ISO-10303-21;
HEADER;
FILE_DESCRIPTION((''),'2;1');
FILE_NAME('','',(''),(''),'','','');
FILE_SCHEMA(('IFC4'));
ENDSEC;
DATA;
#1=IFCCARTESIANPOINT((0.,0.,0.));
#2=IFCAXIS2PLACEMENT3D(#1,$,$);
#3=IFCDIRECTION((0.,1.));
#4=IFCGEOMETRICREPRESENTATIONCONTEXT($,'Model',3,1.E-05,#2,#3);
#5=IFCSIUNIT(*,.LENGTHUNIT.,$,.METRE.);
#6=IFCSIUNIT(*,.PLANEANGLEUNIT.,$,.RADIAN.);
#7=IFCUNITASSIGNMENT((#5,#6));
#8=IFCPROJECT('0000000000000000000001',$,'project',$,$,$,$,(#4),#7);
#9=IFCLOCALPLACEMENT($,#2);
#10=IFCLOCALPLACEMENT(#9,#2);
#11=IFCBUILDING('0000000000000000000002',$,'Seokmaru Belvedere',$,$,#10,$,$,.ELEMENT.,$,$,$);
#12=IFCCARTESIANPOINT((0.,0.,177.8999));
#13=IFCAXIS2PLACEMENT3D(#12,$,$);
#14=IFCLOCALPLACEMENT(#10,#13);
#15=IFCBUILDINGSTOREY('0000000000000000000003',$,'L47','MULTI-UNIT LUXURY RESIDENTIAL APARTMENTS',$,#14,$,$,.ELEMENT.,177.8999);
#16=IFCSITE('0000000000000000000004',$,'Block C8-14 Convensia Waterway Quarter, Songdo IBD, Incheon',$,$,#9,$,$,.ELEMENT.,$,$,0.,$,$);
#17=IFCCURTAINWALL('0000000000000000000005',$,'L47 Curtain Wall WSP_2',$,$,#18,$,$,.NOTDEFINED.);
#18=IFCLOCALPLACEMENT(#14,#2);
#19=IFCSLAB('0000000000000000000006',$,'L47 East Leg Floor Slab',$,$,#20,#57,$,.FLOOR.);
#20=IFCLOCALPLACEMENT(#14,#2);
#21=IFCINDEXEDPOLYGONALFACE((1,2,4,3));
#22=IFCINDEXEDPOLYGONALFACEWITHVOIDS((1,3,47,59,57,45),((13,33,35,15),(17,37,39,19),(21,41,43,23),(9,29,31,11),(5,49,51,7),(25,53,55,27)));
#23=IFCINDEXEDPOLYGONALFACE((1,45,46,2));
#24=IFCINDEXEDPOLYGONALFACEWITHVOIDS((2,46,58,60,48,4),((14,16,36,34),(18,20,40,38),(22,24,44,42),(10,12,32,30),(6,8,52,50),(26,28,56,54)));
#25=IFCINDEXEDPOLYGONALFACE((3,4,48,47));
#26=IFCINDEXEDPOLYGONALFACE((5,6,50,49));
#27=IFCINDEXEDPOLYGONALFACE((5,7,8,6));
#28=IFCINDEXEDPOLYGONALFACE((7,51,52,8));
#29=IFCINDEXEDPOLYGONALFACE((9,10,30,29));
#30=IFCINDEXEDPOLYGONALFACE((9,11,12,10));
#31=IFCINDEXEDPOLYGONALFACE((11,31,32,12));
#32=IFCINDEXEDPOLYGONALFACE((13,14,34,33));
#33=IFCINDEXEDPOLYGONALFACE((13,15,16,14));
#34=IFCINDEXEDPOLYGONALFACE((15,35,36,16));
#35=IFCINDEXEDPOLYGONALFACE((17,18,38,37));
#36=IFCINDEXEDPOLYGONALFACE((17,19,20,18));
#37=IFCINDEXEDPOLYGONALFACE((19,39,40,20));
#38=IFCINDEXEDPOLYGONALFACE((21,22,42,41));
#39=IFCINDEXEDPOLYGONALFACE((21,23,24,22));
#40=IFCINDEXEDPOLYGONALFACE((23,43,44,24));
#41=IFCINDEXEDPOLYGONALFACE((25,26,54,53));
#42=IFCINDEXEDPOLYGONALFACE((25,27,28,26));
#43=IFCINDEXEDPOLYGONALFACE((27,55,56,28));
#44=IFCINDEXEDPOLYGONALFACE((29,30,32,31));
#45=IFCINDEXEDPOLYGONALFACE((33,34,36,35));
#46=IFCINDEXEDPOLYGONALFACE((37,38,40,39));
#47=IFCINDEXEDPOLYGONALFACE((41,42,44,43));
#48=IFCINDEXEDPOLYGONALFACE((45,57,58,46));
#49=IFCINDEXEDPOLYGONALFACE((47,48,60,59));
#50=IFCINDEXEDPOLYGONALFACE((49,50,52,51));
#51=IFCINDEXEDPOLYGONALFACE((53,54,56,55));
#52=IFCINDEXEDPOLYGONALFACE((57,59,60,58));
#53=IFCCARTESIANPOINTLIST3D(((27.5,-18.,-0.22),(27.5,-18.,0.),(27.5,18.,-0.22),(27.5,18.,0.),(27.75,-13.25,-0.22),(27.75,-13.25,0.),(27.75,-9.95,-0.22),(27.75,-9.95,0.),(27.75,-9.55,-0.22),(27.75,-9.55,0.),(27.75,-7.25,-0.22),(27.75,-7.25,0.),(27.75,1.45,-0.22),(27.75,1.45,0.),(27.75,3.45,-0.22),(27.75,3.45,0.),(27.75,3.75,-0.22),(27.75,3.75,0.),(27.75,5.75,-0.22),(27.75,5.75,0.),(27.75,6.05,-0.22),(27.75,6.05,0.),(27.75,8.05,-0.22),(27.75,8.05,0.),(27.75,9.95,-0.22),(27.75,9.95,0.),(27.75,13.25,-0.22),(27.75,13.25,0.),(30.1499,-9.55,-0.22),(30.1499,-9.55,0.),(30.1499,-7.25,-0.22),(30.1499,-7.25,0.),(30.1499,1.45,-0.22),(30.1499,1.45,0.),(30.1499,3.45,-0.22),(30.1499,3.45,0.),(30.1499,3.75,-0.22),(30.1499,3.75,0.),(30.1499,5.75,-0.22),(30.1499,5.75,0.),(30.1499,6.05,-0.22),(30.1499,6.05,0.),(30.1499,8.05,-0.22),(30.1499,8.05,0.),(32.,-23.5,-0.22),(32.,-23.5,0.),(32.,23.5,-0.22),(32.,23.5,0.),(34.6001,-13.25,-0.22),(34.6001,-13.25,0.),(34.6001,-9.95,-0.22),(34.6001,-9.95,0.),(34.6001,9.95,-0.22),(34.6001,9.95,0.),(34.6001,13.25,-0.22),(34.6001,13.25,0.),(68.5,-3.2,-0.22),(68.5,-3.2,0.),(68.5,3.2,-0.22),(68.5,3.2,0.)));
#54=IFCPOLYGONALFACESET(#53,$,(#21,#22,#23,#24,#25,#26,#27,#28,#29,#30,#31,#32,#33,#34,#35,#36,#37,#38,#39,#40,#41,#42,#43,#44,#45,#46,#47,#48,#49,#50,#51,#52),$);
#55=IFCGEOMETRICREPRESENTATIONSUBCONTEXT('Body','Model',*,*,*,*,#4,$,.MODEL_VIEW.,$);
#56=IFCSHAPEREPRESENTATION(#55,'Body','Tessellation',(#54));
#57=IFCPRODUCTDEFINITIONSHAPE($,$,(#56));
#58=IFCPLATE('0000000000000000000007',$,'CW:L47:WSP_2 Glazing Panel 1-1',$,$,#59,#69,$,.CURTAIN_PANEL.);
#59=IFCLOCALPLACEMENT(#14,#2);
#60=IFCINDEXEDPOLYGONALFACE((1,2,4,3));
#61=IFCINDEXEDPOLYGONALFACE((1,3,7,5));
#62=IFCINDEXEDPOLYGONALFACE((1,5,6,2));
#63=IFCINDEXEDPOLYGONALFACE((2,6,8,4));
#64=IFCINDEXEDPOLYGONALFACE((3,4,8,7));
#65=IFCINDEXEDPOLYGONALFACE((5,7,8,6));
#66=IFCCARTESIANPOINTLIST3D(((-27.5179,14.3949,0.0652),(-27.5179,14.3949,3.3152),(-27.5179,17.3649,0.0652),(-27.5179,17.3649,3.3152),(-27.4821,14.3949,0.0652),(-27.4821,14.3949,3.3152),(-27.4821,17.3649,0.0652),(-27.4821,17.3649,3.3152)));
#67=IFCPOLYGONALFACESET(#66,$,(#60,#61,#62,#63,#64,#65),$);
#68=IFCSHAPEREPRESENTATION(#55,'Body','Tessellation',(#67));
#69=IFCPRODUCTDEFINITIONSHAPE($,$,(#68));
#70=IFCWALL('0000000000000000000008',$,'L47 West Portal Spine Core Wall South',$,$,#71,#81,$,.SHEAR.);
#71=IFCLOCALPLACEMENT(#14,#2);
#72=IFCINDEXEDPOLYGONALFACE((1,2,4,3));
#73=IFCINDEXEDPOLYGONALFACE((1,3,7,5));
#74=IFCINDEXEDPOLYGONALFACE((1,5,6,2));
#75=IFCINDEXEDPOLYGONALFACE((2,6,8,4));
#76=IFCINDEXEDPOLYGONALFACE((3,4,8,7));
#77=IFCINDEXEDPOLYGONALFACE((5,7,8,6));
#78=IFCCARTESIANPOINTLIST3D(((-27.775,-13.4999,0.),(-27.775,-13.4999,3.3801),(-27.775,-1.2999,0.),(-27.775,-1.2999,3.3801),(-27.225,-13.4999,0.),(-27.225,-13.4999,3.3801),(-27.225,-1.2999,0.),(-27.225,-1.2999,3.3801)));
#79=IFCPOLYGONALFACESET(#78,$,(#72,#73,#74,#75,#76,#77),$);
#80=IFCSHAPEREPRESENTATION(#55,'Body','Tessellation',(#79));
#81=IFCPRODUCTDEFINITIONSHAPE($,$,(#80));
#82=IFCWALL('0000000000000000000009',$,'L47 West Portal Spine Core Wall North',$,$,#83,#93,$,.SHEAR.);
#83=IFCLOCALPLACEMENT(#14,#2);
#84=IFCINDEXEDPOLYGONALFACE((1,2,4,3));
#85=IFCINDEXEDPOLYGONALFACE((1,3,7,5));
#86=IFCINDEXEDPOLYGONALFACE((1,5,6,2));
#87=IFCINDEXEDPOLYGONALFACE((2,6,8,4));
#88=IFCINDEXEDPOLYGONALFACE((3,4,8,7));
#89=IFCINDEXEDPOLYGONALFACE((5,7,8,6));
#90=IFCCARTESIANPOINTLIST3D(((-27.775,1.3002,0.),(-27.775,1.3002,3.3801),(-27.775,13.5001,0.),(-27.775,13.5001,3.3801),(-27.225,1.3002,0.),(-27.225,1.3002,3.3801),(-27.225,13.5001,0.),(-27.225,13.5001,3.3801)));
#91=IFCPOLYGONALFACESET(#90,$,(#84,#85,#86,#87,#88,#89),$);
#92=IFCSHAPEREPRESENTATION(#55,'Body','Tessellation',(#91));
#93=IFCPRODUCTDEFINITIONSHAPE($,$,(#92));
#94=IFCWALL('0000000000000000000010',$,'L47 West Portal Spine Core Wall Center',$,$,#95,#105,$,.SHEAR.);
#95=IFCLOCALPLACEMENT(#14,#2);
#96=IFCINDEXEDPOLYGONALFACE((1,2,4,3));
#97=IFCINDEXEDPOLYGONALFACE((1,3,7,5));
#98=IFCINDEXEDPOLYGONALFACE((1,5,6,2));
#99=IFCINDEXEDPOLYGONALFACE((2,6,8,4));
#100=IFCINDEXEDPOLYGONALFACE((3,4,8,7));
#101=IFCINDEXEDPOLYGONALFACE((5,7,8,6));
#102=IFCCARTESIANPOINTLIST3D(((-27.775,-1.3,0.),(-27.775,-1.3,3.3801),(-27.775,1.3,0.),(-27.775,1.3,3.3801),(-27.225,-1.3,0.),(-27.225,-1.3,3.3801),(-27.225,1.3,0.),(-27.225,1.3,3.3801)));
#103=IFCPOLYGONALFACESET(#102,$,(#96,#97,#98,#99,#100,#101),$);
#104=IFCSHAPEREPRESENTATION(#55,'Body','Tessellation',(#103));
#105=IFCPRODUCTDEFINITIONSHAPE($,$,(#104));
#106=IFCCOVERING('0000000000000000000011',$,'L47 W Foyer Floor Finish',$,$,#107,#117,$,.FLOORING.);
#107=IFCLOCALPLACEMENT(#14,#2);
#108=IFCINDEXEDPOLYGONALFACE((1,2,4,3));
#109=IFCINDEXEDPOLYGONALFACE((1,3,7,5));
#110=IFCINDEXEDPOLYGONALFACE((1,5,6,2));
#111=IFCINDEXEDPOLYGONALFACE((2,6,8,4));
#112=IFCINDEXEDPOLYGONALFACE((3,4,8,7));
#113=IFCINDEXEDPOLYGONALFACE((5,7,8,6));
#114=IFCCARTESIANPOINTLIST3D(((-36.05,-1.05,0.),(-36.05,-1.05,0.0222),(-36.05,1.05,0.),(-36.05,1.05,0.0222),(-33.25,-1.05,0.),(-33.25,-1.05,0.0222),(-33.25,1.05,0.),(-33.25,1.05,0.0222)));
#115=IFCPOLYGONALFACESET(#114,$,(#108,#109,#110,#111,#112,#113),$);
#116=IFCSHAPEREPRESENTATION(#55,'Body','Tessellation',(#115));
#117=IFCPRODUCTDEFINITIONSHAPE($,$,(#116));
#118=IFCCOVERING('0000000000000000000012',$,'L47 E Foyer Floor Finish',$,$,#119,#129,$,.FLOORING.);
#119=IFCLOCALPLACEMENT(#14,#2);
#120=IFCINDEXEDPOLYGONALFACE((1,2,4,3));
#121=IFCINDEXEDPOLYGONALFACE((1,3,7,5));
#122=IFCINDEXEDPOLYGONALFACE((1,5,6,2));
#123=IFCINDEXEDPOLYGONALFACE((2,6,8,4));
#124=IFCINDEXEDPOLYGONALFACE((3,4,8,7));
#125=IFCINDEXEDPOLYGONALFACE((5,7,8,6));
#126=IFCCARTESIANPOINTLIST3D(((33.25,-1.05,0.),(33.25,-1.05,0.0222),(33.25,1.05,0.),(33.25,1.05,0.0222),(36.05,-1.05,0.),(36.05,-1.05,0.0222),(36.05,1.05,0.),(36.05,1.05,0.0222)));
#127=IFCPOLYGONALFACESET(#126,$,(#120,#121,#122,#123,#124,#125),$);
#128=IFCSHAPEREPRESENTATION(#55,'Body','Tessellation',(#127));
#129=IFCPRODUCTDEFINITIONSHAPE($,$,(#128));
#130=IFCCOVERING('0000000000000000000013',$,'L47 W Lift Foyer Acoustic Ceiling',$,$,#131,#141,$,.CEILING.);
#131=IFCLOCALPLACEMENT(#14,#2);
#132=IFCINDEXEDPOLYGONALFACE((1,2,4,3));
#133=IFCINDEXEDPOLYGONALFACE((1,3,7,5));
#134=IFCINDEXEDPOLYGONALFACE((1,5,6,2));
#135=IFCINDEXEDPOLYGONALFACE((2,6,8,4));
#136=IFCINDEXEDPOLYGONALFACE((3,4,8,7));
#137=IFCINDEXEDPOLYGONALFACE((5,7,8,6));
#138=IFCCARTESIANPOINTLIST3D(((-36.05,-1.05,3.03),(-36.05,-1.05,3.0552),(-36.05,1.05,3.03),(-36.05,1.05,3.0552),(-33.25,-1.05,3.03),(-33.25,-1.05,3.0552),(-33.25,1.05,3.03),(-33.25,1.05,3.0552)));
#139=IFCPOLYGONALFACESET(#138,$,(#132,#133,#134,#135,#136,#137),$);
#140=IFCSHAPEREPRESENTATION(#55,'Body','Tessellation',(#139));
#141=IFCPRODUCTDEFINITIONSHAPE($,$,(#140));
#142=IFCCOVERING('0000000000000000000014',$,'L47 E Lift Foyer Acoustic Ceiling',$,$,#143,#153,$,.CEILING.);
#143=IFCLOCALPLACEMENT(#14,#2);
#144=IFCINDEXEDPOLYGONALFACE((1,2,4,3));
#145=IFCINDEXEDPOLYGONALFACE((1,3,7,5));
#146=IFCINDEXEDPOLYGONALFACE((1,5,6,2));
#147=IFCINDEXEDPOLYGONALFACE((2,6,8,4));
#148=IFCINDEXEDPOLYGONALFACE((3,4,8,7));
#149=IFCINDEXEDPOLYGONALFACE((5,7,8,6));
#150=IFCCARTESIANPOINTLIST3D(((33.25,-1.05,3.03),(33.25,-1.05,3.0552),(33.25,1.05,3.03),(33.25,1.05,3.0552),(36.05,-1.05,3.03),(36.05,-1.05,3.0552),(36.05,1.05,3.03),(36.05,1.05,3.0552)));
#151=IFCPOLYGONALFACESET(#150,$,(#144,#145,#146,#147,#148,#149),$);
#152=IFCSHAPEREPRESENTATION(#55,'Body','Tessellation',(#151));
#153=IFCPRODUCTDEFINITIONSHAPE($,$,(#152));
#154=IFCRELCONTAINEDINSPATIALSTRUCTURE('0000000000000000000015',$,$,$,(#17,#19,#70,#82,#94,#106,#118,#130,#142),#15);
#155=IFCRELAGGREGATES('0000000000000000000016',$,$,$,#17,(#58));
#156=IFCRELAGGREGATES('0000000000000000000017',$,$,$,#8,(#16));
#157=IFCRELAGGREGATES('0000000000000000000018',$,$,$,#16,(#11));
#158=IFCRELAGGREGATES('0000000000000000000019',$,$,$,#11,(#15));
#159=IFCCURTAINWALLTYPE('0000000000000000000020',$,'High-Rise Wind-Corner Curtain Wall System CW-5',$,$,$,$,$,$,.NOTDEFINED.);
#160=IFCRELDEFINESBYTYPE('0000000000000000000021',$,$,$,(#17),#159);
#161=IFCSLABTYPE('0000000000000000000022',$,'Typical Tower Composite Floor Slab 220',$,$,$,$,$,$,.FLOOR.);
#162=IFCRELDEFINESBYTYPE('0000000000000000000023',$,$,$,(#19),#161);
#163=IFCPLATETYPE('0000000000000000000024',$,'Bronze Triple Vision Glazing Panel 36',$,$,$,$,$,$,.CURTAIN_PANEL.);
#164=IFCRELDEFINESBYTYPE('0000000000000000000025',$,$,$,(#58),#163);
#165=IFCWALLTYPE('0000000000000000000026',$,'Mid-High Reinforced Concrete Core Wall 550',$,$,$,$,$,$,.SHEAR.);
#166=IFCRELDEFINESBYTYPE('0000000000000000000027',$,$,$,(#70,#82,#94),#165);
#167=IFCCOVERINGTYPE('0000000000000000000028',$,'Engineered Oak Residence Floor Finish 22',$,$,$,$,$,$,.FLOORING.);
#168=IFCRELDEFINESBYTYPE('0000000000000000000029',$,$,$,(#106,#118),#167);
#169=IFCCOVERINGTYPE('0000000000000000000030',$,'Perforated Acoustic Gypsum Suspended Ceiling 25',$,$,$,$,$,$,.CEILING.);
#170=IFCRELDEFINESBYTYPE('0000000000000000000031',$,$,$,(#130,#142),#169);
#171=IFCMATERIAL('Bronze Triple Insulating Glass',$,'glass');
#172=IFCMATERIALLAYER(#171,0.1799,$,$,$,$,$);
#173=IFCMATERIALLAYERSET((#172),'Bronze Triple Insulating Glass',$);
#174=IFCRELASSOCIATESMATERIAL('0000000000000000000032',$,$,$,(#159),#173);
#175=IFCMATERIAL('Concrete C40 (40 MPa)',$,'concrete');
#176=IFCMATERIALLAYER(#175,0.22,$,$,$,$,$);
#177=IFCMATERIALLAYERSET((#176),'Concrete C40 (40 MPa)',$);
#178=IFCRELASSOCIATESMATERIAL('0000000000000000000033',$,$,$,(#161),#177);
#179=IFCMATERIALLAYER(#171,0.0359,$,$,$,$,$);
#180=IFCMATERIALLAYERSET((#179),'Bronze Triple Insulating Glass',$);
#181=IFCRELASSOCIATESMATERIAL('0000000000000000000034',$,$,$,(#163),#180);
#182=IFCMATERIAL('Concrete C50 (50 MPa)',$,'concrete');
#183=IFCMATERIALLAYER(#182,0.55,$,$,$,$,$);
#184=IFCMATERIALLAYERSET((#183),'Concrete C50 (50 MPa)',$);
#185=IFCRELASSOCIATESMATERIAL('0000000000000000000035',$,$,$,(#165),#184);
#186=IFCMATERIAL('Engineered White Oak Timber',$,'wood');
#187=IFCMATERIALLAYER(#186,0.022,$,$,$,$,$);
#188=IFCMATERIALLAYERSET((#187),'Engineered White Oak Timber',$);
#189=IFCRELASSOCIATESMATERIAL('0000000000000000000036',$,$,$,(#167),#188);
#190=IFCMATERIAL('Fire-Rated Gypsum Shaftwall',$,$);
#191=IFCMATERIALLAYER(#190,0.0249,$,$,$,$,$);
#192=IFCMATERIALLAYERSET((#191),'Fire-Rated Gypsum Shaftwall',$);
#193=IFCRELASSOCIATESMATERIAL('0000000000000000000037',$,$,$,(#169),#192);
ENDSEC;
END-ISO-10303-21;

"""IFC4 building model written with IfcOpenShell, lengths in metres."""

from ifc_helpers import new_model, si_unit, direction, frame, frame_2d, origin, origin_2d, place, context, subcontext, project, spatial, polyline, rectangle, outline, extrude, source, transform, mapped, material, layer, layer_set, type_object, type_shapes, element, aggregate, save


model = new_model("IFC4")

# Units and contexts
model_context = context("Model", 3, precision=1e-05, world=origin(), true_north=direction((0.0, 1.0)))
body_context = subcontext(model_context, "Body", "Model", "MODEL_VIEW")
ifc_project = project(units=[si_unit("LENGTHUNIT", "METRE"), si_unit("PLANEANGLEUNIT", "RADIAN")], contexts=[model_context])

# Site, building, storey
site_placement = place(None, origin())
site = spatial("IfcSite", under=ifc_project, at=site_placement, Name="Block C8-14 Convensia Waterway Quarter, Songdo IBD, Incheon", CompositionType="ELEMENT", RefElevation=0.0)
building_placement = place(site_placement, origin())
building = spatial("IfcBuilding", under=site, at=building_placement, Name="Seokmaru Belvedere", CompositionType="ELEMENT")
storey_placement = place(building_placement, frame((0.0, 0.0, 177.8999)))
storey = spatial("IfcBuildingStorey", under=building, at=storey_placement, Name="L47", Description="MULTI-UNIT LUXURY RESIDENTIAL APARTMENTS", CompositionType="ELEMENT", Elevation=177.8999)

# Curtain wall
ifc_material_1 = material(Name="Bronze Triple Insulating Glass", Category="glass")
ifc_layer_1 = layer(ifc_material_1, 0.1799)
ifc_layer_set_1 = layer_set([ifc_layer_1], Name="Bronze Triple Insulating Glass")
curtain_wall_type = type_object("IfcCurtainWallType", Name="High-Rise Wind-Corner Curtain Wall System CW-5", PredefinedType="NOTDEFINED", material=ifc_layer_set_1)
curtain_wall_placement = place(storey_placement, origin())
curtain_wall = element("IfcCurtainWall", 1, at=curtain_wall_placement, inside=storey, type_object=curtain_wall_type, Name="L47 Curtain Wall WSP_2", PredefinedType="NOTDEFINED")

# Shared definitions
ifc_material_2 = material(Name="Concrete C40 (40 MPa)", Category="concrete")

# Slab
ifc_layer_2 = layer(ifc_material_2, 0.22)
ifc_layer_set_2 = layer_set([ifc_layer_2], Name="Concrete C40 (40 MPa)")
slab_type_1 = type_object("IfcSlabType", Name="Typical Tower Composite Floor Slab 220", PredefinedType="FLOOR", material=ifc_layer_set_2)
slab_1_placement = place(storey_placement, frame((0.0, 0.0, -0.22)))
element("IfcSlab", 2, at=slab_1_placement, inside=storey, type_object=slab_type_1, Name="L47 East Leg Floor Slab", PredefinedType="FLOOR", context=body_context, shape_type="SweptSolid", body=[
    extrude(outline(polyline([(32.0, -23.5), (68.5, -3.2), (68.5, 3.2), (32.0, 23.5), (27.5, 18.0), (27.5, -18.0), (32.0, -23.5)]), holes=[polyline([(27.75, -13.25), (34.6001, -13.25), (34.6001, -9.95), (27.75, -9.95), (27.75, -13.25)]), polyline([(27.75, 9.95), (34.6001, 9.95), (34.6001, 13.25), (27.75, 13.25), (27.75, 9.95)]), polyline([(27.75, -9.55), (30.1499, -9.55), (30.1499, -7.25), (27.75, -7.25), (27.75, -9.55)]), polyline([(27.75, 1.45), (30.1499, 1.45), (30.1499, 3.45), (27.75, 3.45), (27.75, 1.45)]), polyline([(27.75, 3.75), (30.1499, 3.75), (30.1499, 5.75), (27.75, 5.75), (27.75, 3.75)]), polyline([(27.75, 6.05), (30.1499, 6.05), (30.1499, 8.05), (27.75, 8.05), (27.75, 6.05)])]), origin(), (0.0, 0.0, 1.0), 0.22),
])

# Plate
ifc_layer_3 = layer(ifc_material_1, 0.0359)
ifc_layer_set_3 = layer_set([ifc_layer_3], Name="Bronze Triple Insulating Glass")
plate_type = type_object("IfcPlateType", Name="Bronze Triple Vision Glazing Panel 36", PredefinedType="CURTAIN_PANEL", material=ifc_layer_set_3)
shared_shape_1 = source(origin(), body_context, "Body", "SweptSolid", [
    extrude(rectangle(XDim=2.97, YDim=0.0359, at=origin_2d()), origin(), (0.0, 0.0, 1.0), 3.25),
])
type_shapes(plate_type, [shared_shape_1])
plate_placement = place(storey_placement, frame((-27.5, 15.8799, 0.0652), z_axis=(0.0, 0.0, 1.0), x_axis=(0.0, 1.0, 0.0)))
plate = element("IfcPlate", 3, at=plate_placement, type_object=plate_type, Name="CW:L47:WSP_2 Glazing Panel 1-1", PredefinedType="CURTAIN_PANEL", context=body_context, shape_type="MappedRepresentation", body=[
    mapped(shared_shape_1, transform((0.0, 0.0, 0.0), scale=1.0)),
])
aggregate(curtain_wall, [plate])

# Walls
ifc_material_3 = material(Name="Concrete C50 (50 MPa)", Category="concrete")
ifc_layer_4 = layer(ifc_material_3, 0.55)
ifc_layer_set_4 = layer_set([ifc_layer_4], Name="Concrete C50 (50 MPa)")
wall_type = type_object("IfcWallType", Name="Mid-High Reinforced Concrete Core Wall 550", PredefinedType="SHEAR", material=ifc_layer_set_4)
for number, where, z_axis, x_axis, name in (
    (4, (-27.5, -13.5, 0.0), (0.0, 0.0, 1.0), (0.0, 1.0, 0.0), "L47 West Portal Spine Core Wall South"),
    (5, (-27.5, 1.3, 0.0), (0.0, 0.0, 1.0), (0.0, 1.0, 0.0), "L47 West Portal Spine Core Wall North"),
):
    element("IfcWall", number, at=place(storey_placement, frame(where, z_axis=z_axis, x_axis=x_axis)), inside=storey, type_object=wall_type, Name=name, PredefinedType="SHEAR", context=body_context, shape_type="SweptSolid", body=[
        extrude(rectangle(XDim=12.2, YDim=0.55, at=frame_2d((6.1001, 0.0))), origin(), (0.0, 0.0, 1.0), 3.3801),
    ])
wall_placement = place(storey_placement, frame((-27.5, -1.3, 0.0), z_axis=(0.0, 0.0, 1.0), x_axis=(0.0, 1.0, 0.0)))
element("IfcWall", 6, at=wall_placement, inside=storey, type_object=wall_type, Name="L47 West Portal Spine Core Wall Center", PredefinedType="SHEAR", context=body_context, shape_type="SweptSolid", body=[
    extrude(rectangle(XDim=2.6001, YDim=0.55, at=frame_2d((1.3, 0.0))), origin(), (0.0, 0.0, 1.0), 3.3801),
])

# Coverings
ifc_material_4 = material(Name="Engineered White Oak Timber", Category="wood")
ifc_layer_5 = layer(ifc_material_4, 0.022)
ifc_layer_set_5 = layer_set([ifc_layer_5], Name="Engineered White Oak Timber")
covering_type_1 = type_object("IfcCoveringType", Name="Engineered Oak Residence Floor Finish 22", PredefinedType="FLOORING", material=ifc_layer_set_5)
covering_1_placement = place(storey_placement, origin())
element("IfcCovering", 7, at=covering_1_placement, inside=storey, type_object=covering_type_1, Name="L47 W Foyer Floor Finish", PredefinedType="FLOORING", context=body_context, shape_type="SweptSolid", body=[
    extrude(outline(polyline([(-36.05, -1.05), (-33.25, -1.05), (-33.25, 1.05), (-36.05, 1.05), (-36.05, -1.05)])), origin(), (0.0, 0.0, 1.0), 0.0222),
])
covering_2_placement = place(storey_placement, origin())
element("IfcCovering", 8, at=covering_2_placement, inside=storey, type_object=covering_type_1, Name="L47 E Foyer Floor Finish", PredefinedType="FLOORING", context=body_context, shape_type="SweptSolid", body=[
    extrude(outline(polyline([(33.25, -1.05), (36.05, -1.05), (36.05, 1.05), (33.25, 1.05), (33.25, -1.05)])), origin(), (0.0, 0.0, 1.0), 0.0222),
])
ifc_material_5 = material(Name="Fire-Rated Gypsum Shaftwall")
ifc_layer_6 = layer(ifc_material_5, 0.0249)
ifc_layer_set_6 = layer_set([ifc_layer_6], Name="Fire-Rated Gypsum Shaftwall")
covering_type_2 = type_object("IfcCoveringType", Name="Perforated Acoustic Gypsum Suspended Ceiling 25", PredefinedType="CEILING", material=ifc_layer_set_6)
covering_3_placement = place(storey_placement, frame((0.0, 0.0, 3.03)))
element("IfcCovering", 9, at=covering_3_placement, inside=storey, type_object=covering_type_2, Name="L47 W Lift Foyer Acoustic Ceiling", PredefinedType="CEILING", context=body_context, shape_type="SweptSolid", body=[
    extrude(outline(polyline([(-36.05, -1.05), (-33.25, -1.05), (-33.25, 1.05), (-36.05, 1.05), (-36.05, -1.05)])), origin(), (0.0, 0.0, 1.0), 0.0251),
])
covering_4_placement = place(storey_placement, frame((0.0, 0.0, 3.03)))
element("IfcCovering", 10, at=covering_4_placement, inside=storey, type_object=covering_type_2, Name="L47 E Lift Foyer Acoustic Ceiling", PredefinedType="CEILING", context=body_context, shape_type="SweptSolid", body=[
    extrude(outline(polyline([(33.25, -1.05), (36.05, -1.05), (36.05, 1.05), (33.25, 1.05), (33.25, -1.05)])), origin(), (0.0, 0.0, 1.0), 0.0251),
])

save(model, "model.ifc")
